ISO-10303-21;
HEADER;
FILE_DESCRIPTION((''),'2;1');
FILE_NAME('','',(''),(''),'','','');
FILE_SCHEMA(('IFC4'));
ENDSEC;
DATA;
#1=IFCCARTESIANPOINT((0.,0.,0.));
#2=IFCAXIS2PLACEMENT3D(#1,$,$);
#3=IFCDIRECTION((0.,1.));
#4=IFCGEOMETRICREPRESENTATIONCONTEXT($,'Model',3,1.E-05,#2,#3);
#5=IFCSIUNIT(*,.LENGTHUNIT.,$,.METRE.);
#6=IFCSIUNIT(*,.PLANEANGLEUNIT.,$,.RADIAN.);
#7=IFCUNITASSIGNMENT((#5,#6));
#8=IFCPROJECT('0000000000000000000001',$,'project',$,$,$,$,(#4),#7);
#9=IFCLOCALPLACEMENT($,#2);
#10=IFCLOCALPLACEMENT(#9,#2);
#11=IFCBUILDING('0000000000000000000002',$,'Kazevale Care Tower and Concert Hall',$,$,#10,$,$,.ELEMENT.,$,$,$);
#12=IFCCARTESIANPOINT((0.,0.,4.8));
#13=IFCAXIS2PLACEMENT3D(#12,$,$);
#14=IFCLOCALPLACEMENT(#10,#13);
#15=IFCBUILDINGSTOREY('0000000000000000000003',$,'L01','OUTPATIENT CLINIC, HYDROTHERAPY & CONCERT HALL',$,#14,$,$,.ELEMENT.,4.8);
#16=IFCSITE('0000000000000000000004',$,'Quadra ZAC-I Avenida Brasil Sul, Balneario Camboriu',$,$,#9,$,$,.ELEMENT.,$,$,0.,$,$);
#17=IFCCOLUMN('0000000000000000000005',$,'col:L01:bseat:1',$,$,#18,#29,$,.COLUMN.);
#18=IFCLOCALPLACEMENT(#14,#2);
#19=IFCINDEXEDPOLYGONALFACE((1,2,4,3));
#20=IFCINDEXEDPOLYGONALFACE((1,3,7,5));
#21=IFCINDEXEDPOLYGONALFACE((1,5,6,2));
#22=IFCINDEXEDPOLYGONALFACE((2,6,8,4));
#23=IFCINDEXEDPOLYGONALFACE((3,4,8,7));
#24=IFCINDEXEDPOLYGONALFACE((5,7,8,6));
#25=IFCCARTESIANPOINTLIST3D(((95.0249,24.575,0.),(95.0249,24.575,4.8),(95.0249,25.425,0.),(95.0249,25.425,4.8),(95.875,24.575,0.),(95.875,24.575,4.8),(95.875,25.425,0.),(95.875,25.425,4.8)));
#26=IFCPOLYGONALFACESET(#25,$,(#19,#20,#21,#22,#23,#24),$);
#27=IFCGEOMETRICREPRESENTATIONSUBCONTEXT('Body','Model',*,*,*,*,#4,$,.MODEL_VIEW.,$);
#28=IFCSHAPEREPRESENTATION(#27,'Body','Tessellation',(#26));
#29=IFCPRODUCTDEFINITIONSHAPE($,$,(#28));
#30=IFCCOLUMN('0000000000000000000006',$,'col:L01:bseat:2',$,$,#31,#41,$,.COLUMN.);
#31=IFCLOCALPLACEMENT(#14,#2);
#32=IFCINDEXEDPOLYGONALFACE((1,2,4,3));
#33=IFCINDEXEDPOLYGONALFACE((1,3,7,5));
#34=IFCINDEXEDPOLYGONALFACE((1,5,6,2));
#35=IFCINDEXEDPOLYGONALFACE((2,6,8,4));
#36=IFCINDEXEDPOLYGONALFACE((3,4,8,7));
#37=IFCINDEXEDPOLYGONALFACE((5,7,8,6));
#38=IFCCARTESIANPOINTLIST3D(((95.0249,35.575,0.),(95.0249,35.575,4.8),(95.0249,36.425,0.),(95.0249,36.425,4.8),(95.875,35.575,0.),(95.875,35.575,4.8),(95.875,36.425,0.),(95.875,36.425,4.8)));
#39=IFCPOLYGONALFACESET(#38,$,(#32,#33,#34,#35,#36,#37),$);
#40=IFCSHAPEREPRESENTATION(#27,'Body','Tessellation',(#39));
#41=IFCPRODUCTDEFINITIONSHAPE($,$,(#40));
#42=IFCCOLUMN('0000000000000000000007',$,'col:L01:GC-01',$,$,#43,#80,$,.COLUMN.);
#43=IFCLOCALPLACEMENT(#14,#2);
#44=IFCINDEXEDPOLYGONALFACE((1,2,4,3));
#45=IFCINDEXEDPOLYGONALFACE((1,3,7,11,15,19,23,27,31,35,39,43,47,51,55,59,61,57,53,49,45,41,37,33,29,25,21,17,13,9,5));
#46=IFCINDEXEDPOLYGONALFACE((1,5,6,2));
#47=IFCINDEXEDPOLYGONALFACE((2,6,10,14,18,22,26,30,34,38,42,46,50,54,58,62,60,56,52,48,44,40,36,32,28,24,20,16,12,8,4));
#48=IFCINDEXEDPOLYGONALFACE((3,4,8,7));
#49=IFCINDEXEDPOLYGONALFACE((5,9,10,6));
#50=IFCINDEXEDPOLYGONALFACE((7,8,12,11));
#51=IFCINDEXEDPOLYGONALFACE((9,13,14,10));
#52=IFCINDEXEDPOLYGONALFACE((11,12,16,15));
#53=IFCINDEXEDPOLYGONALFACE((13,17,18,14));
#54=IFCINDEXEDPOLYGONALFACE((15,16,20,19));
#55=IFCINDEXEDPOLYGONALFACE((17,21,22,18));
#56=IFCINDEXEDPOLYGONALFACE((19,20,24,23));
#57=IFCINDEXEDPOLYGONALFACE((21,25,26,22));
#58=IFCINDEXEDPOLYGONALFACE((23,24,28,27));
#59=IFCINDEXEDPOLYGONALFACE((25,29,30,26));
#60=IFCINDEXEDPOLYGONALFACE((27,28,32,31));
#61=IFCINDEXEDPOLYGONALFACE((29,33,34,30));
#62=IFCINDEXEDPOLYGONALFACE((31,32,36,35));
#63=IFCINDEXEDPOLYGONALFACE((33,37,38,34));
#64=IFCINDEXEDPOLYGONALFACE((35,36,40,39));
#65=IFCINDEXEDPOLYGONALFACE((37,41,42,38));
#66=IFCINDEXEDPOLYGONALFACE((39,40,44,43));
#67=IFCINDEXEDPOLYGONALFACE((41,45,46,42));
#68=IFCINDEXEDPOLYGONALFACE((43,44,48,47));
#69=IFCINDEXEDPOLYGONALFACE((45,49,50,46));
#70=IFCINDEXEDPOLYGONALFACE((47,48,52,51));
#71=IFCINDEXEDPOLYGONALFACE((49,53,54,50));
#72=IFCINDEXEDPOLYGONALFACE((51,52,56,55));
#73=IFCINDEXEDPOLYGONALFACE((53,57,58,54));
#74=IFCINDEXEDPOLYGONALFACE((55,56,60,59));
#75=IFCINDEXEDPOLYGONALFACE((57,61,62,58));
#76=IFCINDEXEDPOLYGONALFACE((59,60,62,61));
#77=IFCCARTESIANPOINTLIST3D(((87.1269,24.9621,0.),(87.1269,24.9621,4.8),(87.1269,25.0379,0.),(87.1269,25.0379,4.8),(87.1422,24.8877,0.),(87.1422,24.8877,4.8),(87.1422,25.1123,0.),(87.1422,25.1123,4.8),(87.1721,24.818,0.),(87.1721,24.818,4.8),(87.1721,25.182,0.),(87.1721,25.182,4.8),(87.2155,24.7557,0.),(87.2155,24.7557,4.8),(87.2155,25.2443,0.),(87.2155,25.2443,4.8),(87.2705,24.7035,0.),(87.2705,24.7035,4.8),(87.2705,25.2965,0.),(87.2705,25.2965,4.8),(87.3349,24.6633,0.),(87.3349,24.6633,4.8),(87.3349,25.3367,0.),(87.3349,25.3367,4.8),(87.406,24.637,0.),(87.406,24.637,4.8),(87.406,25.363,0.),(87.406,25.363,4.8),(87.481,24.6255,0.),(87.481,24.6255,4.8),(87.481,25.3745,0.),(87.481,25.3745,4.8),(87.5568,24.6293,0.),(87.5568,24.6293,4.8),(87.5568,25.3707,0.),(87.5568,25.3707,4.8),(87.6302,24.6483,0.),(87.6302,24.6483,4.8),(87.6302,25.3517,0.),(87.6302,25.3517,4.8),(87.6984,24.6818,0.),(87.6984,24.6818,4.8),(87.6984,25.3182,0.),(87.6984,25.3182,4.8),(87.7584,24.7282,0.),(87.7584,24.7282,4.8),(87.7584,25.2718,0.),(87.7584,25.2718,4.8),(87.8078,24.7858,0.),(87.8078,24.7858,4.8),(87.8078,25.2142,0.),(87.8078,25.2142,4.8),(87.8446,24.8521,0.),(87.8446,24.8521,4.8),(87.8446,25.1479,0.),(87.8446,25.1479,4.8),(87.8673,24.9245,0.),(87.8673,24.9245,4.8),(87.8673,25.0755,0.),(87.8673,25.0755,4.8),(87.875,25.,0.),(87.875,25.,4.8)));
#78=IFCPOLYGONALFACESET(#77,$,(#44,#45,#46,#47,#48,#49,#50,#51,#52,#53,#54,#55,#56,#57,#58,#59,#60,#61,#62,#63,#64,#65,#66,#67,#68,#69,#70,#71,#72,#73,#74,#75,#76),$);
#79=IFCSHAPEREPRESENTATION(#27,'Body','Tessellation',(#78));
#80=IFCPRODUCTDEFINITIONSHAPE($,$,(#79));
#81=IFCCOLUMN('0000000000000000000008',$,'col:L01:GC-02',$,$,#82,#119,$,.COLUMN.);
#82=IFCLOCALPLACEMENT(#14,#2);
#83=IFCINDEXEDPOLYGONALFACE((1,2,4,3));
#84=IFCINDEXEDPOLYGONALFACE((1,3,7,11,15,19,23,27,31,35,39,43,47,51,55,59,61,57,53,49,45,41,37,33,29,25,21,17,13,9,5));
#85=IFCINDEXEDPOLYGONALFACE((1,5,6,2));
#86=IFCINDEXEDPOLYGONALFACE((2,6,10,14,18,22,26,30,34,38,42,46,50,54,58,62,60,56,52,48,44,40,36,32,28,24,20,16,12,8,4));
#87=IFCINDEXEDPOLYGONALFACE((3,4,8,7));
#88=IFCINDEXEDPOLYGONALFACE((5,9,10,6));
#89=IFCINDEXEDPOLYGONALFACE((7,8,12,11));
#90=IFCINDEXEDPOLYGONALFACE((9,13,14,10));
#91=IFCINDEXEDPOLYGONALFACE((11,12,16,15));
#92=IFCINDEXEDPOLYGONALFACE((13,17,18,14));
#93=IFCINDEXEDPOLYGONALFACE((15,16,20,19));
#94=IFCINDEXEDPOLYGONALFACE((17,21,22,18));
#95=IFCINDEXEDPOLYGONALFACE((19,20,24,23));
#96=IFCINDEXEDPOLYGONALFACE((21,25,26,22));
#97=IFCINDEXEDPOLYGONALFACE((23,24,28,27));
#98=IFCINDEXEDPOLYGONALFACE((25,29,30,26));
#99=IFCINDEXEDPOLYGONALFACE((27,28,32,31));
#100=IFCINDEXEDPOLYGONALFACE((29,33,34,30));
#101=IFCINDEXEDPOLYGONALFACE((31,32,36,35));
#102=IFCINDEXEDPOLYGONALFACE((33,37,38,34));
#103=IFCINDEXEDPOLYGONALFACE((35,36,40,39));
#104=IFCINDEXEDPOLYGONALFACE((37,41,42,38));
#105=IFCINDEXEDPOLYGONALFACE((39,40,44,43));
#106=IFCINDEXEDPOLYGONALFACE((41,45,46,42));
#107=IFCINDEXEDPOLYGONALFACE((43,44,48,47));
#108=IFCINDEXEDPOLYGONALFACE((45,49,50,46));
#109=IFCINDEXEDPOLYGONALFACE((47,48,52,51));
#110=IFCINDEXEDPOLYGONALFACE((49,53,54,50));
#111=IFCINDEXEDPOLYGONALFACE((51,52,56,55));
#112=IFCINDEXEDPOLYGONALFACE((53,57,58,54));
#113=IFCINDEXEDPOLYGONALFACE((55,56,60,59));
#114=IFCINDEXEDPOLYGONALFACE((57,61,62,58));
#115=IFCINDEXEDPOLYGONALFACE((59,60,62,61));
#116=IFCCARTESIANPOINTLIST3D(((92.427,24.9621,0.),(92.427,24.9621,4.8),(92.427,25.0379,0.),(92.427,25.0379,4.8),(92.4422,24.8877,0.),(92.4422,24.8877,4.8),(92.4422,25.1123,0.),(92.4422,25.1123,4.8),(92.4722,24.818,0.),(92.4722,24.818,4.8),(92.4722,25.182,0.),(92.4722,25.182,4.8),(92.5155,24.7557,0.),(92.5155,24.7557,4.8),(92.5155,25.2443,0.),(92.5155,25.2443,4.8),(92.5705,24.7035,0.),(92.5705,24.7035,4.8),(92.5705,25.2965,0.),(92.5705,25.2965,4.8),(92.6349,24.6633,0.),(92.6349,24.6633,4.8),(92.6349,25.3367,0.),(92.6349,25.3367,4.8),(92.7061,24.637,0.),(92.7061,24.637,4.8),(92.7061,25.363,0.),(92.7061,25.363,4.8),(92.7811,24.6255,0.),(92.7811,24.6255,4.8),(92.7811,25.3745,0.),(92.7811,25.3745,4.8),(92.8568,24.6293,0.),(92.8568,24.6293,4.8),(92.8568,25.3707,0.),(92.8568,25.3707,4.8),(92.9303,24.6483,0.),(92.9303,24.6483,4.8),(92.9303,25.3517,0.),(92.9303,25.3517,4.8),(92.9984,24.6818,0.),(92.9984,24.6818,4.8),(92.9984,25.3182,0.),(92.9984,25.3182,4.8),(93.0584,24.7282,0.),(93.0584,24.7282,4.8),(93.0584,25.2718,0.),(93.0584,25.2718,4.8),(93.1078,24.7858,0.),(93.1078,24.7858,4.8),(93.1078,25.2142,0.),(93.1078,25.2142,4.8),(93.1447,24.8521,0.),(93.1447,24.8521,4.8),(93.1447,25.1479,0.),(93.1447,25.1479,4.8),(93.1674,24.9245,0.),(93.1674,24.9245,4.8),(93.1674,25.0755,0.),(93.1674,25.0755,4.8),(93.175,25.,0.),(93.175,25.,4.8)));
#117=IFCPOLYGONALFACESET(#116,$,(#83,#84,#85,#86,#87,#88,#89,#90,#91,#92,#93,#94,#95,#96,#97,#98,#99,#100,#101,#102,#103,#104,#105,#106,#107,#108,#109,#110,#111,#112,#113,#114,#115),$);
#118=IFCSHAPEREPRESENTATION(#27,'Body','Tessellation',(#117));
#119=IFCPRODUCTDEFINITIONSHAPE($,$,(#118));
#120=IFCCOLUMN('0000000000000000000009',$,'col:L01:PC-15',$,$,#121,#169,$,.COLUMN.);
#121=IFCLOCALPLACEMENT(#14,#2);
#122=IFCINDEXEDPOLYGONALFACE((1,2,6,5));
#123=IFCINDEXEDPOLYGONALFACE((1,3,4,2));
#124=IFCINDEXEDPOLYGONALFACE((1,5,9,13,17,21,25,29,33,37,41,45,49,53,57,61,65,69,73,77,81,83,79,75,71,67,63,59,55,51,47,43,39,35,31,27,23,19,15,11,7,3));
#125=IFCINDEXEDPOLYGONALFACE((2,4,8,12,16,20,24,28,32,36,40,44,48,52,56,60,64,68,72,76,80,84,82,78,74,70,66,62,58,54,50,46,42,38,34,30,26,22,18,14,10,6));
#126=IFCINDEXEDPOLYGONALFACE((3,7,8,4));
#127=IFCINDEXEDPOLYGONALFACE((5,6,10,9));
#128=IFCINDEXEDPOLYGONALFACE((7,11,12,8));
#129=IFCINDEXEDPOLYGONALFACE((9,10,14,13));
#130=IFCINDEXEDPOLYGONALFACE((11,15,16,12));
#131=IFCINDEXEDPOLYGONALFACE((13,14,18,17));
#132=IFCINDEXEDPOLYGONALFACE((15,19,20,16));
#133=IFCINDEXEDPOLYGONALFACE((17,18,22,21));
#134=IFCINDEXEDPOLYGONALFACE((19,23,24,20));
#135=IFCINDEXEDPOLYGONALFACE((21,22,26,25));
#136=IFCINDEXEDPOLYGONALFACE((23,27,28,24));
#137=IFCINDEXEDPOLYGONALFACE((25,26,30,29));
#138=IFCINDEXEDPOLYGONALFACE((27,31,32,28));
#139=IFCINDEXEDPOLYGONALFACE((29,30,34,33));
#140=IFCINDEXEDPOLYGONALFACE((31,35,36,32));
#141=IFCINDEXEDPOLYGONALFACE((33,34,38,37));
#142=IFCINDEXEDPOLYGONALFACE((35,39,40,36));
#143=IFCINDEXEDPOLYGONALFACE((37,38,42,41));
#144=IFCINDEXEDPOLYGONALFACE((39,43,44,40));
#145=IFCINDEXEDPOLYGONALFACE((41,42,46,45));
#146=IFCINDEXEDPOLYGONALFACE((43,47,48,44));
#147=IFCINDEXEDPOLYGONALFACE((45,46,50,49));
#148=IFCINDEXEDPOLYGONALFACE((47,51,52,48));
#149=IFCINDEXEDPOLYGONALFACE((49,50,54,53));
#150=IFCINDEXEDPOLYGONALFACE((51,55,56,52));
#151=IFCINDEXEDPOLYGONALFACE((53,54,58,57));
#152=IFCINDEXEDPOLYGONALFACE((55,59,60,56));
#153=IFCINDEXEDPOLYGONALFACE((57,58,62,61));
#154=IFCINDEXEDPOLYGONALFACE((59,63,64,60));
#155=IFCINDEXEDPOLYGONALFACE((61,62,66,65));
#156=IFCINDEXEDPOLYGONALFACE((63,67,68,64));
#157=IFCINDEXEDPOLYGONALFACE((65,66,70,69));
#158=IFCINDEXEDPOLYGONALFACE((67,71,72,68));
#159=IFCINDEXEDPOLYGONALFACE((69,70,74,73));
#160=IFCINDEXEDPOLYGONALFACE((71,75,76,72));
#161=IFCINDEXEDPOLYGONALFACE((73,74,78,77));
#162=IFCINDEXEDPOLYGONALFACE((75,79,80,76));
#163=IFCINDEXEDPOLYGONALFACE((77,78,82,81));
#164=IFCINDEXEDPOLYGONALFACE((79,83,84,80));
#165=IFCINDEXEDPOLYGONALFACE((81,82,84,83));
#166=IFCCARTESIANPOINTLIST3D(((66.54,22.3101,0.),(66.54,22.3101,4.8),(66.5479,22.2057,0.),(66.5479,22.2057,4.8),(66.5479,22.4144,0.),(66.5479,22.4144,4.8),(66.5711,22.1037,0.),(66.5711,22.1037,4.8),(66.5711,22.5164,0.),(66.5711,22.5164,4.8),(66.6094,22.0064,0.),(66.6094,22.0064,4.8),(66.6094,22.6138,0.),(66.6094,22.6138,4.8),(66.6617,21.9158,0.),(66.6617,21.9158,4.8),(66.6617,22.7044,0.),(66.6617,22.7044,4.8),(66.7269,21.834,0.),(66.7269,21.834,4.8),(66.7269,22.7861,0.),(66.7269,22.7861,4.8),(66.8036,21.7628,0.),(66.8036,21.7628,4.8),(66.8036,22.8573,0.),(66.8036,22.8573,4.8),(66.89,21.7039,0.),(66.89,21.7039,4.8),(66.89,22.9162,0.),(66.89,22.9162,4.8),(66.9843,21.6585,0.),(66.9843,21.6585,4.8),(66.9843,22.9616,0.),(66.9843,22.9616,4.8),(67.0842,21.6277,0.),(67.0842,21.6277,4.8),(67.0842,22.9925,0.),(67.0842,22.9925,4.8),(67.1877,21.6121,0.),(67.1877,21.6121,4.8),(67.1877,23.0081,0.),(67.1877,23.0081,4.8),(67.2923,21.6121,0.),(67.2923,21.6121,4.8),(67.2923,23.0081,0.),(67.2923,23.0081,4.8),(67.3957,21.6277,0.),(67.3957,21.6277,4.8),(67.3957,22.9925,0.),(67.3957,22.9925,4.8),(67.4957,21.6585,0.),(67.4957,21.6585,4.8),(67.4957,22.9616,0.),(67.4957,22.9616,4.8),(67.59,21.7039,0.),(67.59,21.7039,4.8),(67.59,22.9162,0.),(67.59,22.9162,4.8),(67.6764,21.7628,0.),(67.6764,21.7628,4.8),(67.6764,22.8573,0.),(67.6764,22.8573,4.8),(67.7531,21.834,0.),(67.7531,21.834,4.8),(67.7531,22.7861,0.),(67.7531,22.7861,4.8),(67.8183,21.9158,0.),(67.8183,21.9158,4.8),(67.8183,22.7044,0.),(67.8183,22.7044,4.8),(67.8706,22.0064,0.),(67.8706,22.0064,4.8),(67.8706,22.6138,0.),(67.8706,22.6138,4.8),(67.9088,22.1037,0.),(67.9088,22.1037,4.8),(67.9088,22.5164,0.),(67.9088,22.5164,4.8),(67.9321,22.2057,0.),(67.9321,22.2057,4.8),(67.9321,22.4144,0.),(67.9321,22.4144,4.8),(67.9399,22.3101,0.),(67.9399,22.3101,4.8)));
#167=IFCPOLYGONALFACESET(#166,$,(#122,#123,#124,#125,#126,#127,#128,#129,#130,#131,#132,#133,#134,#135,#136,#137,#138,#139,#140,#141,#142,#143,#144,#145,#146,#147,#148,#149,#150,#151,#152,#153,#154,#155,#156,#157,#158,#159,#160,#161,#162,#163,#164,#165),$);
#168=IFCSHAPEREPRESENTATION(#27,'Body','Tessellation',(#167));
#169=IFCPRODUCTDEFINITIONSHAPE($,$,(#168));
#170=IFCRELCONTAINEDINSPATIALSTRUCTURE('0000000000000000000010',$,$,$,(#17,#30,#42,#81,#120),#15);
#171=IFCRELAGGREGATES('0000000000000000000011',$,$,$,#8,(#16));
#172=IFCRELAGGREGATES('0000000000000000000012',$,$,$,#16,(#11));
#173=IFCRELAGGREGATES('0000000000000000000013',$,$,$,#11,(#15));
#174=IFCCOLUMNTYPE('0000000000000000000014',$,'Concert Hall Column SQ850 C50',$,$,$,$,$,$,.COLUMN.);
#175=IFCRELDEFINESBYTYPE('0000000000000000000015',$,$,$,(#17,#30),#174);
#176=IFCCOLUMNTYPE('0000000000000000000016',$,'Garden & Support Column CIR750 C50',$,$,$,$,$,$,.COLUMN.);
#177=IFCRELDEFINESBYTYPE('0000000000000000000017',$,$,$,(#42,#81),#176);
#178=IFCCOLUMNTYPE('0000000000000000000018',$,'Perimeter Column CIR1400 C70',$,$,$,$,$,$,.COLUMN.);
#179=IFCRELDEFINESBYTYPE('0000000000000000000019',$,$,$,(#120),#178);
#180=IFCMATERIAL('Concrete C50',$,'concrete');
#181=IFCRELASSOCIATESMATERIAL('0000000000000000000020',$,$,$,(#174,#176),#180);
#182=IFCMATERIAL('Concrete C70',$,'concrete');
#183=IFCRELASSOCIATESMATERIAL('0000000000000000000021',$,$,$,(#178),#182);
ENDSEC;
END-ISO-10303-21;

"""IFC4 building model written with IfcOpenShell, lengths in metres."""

from ifc_helpers import new_model, si_unit, direction, frame, origin, origin_2d, place, context, subcontext, project, spatial, rectangle, circle, extrude, material, material_profile, profile_set, type_object, element, save


model = new_model("IFC4")

# Units and contexts
model_context = context("Model", 3, precision=1e-05, world=origin(), true_north=direction((0.0, 1.0)))
body_context = subcontext(model_context, "Body", "Model", "MODEL_VIEW")
ifc_project = project(units=[si_unit("LENGTHUNIT", "METRE"), si_unit("PLANEANGLEUNIT", "RADIAN")], contexts=[model_context])

# Site, building, storey
site_placement = place(None, origin())
site = spatial("IfcSite", under=ifc_project, at=site_placement, Name="Quadra ZAC-I Avenida Brasil Sul, Balneario Camboriu", CompositionType="ELEMENT", RefElevation=0.0)
building_placement = place(site_placement, origin())
building = spatial("IfcBuilding", under=site, at=building_placement, Name="Kazevale Care Tower and Concert Hall", CompositionType="ELEMENT")
storey_placement = place(building_placement, frame((0.0, 0.0, 4.8)))
storey = spatial("IfcBuildingStorey", under=building, at=storey_placement, Name="L01", Description="OUTPATIENT CLINIC, HYDROTHERAPY & CONCERT HALL", CompositionType="ELEMENT", Elevation=4.8)

# Columns
ifc_material_1 = material(Name="Concrete C50", Category="concrete")
ifc_material_profile_1 = material_profile(ifc_material_1, rectangle(XDim=0.8501, YDim=0.8501, at=origin_2d()), Name="RC-SQ850")
ifc_profile_set_1 = profile_set([ifc_material_profile_1], Name="Concrete C50")
column_type_1 = type_object("IfcColumnType", Name="Concert Hall Column SQ850 C50", PredefinedType="COLUMN", material=ifc_profile_set_1)
for number, where, z_axis, x_axis, name in (
    (1, (95.45, 25.0, 0.0), (0.0, 0.0, 1.0), (1.0, 0.0, 0.0), "col:L01:bseat:1"),
    (2, (95.45, 36.0, 0.0), (0.0, 0.0, 1.0), (1.0, 0.0, 0.0), "col:L01:bseat:2"),
):
    element("IfcColumn", number, at=place(storey_placement, frame(where, z_axis=z_axis, x_axis=x_axis)), inside=storey, type_object=column_type_1, Name=name, PredefinedType="COLUMN", context=body_context, shape_type="SweptSolid", body=[
        extrude(rectangle(XDim=0.8501, YDim=0.8501, at=origin_2d()), origin(), (0.0, 0.0, 1.0), 4.8),
    ])
ifc_material_profile_2 = material_profile(ifc_material_1, circle(Radius=0.375, at=origin_2d()), Name="RC-CIR750")
ifc_profile_set_2 = profile_set([ifc_material_profile_2], Name="Concrete C50")
column_type_2 = type_object("IfcColumnType", Name="Garden & Support Column CIR750 C50", PredefinedType="COLUMN", material=ifc_profile_set_2)
for number, where, z_axis, x_axis, name in (
    (3, (87.5, 25.0, 0.0), (0.0, 0.0, 1.0), (1.0, 0.0, 0.0), "col:L01:GC-01"),
    (4, (92.8, 25.0, 0.0), (0.0, 0.0, 1.0), (1.0, 0.0, 0.0), "col:L01:GC-02"),
):
    element("IfcColumn", number, at=place(storey_placement, frame(where, z_axis=z_axis, x_axis=x_axis)), inside=storey, type_object=column_type_2, Name=name, PredefinedType="COLUMN", context=body_context, shape_type="SweptSolid", body=[
        extrude(circle(Radius=0.375, at=origin_2d()), origin(), (0.0, 0.0, 1.0), 4.8),
    ])
ifc_material_2 = material(Name="Concrete C70", Category="concrete")
ifc_material_profile_3 = material_profile(ifc_material_2, circle(Radius=0.7, at=origin_2d()), Name="RC-CIR1400")
ifc_profile_set_3 = profile_set([ifc_material_profile_3], Name="Concrete C70")
column_type_3 = type_object("IfcColumnType", Name="Perimeter Column CIR1400 C70", PredefinedType="COLUMN", material=ifc_profile_set_3)
for number, where, z_axis, x_axis, name in (
    (5, (67.24, 22.3101, 0.0), (0.0, 0.0, 1.0), (1.0, 0.0, 0.0), "col:L01:PC-15"),
):
    element("IfcColumn", number, at=place(storey_placement, frame(where, z_axis=z_axis, x_axis=x_axis)), inside=storey, type_object=column_type_3, Name=name, PredefinedType="COLUMN", context=body_context, shape_type="SweptSolid", body=[
        extrude(circle(Radius=0.7, at=origin_2d()), origin(), (0.0, 0.0, 1.0), 4.8),
    ])

save(model, "model.ifc")
